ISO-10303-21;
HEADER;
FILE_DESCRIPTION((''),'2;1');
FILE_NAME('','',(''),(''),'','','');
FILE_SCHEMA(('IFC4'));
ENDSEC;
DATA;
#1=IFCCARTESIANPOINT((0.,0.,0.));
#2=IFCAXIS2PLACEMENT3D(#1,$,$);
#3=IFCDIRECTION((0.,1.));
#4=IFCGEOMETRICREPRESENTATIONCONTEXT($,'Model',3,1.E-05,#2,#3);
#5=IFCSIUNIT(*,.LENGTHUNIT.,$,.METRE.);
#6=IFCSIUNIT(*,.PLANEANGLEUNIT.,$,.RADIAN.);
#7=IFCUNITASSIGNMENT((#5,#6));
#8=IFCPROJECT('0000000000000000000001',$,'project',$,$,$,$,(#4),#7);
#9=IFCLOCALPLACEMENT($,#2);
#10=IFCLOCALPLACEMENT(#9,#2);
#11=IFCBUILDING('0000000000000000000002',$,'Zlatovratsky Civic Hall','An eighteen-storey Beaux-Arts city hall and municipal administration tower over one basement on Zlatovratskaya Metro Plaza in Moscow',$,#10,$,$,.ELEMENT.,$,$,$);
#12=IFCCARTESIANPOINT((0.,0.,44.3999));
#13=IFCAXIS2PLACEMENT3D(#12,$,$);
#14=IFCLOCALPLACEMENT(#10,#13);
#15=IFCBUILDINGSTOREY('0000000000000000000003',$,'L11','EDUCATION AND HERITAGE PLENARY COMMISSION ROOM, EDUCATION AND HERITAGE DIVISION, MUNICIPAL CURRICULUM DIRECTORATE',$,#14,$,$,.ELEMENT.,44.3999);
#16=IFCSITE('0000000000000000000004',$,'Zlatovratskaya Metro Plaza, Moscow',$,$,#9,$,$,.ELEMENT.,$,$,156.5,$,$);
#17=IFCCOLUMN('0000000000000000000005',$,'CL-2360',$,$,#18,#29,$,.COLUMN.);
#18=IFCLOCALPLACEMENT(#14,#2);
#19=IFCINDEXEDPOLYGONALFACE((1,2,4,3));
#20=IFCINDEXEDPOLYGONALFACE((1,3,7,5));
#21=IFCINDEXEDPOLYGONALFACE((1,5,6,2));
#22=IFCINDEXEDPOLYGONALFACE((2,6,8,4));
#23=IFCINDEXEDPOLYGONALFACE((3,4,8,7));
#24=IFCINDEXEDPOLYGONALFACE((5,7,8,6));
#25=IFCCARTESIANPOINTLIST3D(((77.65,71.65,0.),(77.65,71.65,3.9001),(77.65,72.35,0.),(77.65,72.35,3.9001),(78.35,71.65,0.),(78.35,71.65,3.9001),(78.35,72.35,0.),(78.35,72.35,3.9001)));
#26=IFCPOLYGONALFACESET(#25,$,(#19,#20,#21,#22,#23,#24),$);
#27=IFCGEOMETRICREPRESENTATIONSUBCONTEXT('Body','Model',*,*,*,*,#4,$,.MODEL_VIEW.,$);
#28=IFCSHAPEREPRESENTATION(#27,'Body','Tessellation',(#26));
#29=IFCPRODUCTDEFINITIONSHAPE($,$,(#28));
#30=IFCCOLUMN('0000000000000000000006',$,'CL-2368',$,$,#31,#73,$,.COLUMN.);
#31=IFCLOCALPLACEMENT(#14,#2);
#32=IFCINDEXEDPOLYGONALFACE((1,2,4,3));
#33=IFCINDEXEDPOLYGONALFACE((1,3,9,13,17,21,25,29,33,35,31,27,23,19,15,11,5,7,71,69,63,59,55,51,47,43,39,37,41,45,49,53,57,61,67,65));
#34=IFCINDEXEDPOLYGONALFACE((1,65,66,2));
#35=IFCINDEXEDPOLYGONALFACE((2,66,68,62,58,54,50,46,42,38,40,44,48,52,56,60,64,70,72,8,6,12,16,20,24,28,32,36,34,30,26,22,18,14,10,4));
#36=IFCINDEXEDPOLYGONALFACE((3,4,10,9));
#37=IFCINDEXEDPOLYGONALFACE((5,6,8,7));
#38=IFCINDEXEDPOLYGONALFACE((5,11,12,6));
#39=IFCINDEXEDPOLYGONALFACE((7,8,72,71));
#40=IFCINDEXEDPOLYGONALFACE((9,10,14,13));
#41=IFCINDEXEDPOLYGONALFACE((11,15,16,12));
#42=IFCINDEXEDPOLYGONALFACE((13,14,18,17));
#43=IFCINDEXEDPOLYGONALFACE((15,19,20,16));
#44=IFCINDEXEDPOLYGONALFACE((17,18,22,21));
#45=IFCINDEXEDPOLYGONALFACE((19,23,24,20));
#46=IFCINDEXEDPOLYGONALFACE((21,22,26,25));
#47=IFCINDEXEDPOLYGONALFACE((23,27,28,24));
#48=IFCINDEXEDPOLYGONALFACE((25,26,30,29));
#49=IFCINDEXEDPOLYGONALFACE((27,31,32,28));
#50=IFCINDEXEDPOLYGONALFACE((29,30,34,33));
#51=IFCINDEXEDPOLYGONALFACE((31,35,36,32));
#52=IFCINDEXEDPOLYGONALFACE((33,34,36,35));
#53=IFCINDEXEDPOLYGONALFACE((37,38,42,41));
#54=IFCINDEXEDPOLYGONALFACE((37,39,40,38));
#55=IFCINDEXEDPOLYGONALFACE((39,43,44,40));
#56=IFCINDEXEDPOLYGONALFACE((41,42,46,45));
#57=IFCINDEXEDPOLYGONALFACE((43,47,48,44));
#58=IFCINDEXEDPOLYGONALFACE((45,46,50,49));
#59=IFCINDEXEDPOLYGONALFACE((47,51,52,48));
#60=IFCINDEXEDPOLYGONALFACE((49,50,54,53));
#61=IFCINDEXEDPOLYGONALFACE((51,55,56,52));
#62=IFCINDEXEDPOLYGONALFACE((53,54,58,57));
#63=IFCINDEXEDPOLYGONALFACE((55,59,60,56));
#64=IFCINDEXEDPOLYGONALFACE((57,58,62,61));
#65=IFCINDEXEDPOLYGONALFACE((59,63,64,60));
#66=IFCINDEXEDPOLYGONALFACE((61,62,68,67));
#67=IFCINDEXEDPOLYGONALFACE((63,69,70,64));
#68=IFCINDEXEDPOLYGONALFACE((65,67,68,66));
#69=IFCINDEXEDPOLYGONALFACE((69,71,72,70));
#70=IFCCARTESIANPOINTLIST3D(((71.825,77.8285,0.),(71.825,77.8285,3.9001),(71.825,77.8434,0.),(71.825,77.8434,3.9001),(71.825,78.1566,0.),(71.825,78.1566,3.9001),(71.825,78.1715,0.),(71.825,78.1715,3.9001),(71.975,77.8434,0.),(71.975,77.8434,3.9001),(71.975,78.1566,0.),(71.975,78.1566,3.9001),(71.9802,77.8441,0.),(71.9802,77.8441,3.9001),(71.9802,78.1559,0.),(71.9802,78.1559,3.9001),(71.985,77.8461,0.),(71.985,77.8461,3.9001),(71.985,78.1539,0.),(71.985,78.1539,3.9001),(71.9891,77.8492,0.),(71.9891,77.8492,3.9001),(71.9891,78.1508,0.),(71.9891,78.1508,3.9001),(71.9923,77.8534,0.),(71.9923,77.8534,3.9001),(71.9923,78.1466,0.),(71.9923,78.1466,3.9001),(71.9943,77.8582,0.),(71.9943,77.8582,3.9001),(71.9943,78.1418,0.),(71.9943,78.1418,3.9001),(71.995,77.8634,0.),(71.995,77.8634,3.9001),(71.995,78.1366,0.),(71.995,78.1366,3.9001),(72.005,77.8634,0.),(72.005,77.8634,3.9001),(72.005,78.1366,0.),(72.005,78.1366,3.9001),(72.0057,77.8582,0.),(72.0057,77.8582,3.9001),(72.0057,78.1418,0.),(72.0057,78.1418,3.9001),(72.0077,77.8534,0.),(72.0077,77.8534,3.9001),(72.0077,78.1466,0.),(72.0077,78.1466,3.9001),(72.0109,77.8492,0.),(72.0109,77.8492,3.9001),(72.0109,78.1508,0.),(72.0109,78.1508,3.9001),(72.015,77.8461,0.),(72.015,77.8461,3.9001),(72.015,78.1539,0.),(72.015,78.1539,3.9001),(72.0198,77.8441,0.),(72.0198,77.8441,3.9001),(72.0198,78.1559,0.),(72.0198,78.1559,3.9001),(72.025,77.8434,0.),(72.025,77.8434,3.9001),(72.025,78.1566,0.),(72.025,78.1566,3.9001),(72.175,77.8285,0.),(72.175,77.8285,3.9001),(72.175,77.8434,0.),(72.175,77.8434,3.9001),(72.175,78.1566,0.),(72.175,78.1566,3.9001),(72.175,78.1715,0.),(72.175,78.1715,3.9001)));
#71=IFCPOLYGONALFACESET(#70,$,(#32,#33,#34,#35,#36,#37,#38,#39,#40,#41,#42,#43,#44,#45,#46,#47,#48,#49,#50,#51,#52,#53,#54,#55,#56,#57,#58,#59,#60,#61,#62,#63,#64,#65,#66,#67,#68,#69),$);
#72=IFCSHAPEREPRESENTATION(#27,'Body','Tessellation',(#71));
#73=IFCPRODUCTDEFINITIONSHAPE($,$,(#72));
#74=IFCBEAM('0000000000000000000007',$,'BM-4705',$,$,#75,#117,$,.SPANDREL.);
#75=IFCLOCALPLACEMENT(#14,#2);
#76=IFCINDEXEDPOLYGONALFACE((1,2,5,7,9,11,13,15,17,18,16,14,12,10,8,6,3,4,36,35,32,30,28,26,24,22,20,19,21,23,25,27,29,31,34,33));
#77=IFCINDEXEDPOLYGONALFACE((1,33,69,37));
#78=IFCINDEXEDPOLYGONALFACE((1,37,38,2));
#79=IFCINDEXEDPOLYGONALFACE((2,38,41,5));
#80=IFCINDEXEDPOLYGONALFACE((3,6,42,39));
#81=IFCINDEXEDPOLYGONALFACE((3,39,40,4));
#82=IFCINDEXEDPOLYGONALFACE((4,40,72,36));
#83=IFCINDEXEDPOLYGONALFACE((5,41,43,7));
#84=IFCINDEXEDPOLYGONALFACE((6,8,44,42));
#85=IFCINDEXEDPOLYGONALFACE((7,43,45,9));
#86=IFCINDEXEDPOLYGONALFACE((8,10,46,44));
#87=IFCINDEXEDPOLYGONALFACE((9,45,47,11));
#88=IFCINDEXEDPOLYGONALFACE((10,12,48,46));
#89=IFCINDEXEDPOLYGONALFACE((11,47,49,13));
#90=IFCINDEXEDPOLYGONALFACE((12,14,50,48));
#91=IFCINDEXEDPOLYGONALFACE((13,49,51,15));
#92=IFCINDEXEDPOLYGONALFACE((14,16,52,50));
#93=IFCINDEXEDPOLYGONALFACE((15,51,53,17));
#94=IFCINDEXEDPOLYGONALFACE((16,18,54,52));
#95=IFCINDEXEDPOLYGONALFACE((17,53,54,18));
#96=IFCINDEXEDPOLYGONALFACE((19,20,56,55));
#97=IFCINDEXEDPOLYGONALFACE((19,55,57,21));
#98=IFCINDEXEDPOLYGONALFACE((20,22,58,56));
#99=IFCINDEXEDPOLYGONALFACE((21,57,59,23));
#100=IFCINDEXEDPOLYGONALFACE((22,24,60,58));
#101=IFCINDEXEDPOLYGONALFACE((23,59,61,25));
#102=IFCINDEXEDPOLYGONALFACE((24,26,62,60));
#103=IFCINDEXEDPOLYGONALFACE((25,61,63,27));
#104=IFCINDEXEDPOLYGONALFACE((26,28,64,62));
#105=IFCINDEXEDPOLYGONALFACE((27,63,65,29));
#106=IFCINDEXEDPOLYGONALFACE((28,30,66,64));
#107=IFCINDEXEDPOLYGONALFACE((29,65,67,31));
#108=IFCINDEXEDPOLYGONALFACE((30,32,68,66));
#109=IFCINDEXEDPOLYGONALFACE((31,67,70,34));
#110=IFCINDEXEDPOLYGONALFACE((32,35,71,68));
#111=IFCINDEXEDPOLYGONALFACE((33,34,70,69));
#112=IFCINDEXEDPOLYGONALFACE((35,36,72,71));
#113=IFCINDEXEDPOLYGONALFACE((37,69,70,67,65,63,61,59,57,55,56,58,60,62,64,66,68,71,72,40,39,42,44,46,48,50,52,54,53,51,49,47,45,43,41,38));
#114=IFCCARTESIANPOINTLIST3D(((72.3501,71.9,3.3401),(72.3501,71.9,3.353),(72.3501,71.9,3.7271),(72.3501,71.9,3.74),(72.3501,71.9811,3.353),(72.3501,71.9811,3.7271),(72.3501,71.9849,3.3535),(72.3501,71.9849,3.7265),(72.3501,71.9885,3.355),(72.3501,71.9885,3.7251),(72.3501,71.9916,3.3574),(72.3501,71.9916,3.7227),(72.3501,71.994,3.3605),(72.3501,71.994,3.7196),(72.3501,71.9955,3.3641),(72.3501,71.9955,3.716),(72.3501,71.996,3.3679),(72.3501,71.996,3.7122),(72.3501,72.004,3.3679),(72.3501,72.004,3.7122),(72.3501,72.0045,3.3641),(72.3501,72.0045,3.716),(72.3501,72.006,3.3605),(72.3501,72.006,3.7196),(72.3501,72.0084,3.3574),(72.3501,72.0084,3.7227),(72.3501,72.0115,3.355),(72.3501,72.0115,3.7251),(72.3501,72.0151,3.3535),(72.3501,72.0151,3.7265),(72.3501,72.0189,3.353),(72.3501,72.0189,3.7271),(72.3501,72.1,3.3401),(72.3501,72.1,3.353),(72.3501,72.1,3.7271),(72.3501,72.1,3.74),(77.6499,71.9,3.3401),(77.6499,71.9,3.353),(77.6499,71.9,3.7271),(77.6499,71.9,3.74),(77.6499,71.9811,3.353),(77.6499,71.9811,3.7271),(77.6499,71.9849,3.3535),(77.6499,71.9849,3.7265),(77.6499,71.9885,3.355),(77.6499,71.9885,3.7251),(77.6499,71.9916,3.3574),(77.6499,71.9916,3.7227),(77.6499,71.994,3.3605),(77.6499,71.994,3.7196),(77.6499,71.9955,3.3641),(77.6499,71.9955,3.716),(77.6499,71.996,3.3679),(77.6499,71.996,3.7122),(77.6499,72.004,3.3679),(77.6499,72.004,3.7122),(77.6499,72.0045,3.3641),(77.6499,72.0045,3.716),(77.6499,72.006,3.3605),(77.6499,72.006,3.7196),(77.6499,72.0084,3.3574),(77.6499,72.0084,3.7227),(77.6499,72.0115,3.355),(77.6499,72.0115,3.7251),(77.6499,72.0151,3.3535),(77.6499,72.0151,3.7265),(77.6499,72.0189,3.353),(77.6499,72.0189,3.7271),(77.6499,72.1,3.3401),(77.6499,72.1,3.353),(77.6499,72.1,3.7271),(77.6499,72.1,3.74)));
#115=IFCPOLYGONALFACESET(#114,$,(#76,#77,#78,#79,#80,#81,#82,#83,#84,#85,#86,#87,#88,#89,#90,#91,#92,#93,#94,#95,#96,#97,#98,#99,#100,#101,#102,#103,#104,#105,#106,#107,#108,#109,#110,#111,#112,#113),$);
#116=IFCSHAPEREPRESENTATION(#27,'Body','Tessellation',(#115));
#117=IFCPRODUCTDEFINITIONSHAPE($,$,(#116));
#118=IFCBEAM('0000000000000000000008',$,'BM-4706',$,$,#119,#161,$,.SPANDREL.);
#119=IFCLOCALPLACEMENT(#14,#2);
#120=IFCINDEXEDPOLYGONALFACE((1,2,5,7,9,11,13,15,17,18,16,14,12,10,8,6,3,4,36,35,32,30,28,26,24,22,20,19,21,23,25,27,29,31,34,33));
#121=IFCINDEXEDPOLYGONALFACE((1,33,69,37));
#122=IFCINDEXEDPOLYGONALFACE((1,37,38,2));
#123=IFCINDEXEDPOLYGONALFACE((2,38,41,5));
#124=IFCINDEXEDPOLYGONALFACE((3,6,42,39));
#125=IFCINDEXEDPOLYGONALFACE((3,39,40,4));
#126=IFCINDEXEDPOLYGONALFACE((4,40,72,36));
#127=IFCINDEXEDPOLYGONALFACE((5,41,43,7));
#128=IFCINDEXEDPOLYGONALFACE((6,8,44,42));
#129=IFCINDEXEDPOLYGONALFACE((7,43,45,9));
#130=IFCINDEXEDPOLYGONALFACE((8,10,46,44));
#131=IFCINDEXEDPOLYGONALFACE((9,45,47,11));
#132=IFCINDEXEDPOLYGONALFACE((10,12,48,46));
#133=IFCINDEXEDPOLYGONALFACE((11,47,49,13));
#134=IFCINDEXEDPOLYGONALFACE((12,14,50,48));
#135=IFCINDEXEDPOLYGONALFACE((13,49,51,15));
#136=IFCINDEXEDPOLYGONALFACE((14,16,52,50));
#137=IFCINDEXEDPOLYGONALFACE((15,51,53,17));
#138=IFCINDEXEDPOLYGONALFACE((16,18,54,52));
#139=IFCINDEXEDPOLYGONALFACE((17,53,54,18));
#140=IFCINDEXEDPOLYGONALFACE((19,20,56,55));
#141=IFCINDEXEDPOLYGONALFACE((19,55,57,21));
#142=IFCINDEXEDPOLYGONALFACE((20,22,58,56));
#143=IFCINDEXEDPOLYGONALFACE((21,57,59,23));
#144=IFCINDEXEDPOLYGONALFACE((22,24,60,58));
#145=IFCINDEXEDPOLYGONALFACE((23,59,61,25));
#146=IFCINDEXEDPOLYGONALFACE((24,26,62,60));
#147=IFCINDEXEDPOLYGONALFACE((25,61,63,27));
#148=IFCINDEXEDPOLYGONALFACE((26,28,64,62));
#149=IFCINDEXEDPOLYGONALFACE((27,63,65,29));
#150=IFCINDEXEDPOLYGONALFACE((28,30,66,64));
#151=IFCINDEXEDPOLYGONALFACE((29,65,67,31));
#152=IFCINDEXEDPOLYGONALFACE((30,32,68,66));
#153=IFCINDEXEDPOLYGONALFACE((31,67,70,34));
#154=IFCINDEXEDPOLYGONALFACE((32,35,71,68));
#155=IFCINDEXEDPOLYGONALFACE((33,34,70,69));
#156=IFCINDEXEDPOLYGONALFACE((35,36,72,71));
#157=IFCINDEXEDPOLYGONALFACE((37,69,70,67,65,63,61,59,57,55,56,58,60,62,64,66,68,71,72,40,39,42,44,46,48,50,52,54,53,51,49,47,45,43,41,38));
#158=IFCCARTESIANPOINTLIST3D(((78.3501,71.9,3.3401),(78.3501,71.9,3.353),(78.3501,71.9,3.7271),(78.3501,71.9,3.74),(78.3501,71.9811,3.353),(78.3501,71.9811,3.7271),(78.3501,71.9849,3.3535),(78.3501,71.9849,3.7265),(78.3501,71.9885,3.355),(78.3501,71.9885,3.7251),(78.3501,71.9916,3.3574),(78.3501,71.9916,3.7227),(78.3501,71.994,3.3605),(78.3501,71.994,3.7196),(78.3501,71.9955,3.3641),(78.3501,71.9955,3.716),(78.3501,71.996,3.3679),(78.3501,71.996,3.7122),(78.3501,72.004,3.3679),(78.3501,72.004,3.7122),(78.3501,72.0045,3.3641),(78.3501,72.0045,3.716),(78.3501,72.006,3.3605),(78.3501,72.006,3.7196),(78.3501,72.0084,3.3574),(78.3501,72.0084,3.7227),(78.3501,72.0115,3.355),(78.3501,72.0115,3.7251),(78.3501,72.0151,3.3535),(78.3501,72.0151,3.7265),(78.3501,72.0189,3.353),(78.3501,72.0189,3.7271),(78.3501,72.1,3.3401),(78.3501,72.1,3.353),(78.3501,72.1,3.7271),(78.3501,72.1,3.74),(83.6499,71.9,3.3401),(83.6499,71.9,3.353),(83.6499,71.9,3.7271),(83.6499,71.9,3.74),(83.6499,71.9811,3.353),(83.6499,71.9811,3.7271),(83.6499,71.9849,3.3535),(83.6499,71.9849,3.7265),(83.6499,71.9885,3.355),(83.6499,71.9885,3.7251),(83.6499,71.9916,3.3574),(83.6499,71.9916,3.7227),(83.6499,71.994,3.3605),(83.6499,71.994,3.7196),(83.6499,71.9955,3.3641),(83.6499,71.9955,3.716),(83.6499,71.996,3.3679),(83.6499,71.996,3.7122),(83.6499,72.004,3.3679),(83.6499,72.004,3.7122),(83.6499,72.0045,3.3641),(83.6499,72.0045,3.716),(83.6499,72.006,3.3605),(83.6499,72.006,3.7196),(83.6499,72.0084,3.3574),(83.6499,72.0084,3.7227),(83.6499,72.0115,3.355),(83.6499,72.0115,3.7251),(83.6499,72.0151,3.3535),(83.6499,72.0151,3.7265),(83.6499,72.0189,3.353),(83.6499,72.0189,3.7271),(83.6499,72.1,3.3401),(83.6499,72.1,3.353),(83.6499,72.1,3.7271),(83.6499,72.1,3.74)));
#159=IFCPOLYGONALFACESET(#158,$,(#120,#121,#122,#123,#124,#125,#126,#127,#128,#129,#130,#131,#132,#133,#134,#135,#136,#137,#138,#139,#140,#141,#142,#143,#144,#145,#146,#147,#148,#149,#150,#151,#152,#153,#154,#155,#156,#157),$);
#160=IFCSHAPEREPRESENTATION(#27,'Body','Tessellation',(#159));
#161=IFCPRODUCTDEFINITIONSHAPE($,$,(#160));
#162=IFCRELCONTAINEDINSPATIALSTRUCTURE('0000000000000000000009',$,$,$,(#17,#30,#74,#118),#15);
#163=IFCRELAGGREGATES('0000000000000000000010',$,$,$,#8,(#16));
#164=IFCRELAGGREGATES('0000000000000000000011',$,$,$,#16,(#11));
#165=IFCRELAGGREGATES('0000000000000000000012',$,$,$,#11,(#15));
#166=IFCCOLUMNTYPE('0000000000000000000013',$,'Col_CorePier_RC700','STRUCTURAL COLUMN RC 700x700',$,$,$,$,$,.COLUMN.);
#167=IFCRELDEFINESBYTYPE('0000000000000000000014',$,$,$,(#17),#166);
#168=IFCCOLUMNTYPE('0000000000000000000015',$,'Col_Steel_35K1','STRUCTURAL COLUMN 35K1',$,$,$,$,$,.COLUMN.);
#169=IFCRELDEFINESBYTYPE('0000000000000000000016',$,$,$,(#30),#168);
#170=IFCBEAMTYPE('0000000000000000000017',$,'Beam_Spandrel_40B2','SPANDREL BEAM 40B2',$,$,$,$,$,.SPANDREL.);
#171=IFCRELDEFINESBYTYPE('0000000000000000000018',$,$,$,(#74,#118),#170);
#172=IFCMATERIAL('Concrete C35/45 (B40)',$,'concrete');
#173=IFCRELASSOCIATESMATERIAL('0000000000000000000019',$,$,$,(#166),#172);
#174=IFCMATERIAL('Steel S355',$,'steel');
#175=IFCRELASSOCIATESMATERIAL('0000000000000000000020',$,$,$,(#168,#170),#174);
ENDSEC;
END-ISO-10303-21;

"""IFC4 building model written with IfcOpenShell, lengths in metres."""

from ifc_helpers import new_model, si_unit, direction, frame, origin, origin_2d, place, context, subcontext, project, spatial, rectangle, i_section, extrude, material, material_profile, profile_set, type_object, element, save


model = new_model("IFC4")

# Units and contexts
model_context = context("Model", 3, precision=1e-05, world=origin(), true_north=direction((0.0, 1.0)))
body_context = subcontext(model_context, "Body", "Model", "MODEL_VIEW")
ifc_project = project(units=[si_unit("LENGTHUNIT", "METRE"), si_unit("PLANEANGLEUNIT", "RADIAN")], contexts=[model_context])

# Site, building, storey
site_placement = place(None, origin())
site = spatial("IfcSite", under=ifc_project, at=site_placement, Name="Zlatovratskaya Metro Plaza, Moscow", CompositionType="ELEMENT", RefElevation=156.5)
building_placement = place(site_placement, origin())
building = spatial("IfcBuilding", under=site, at=building_placement, Name="Zlatovratsky Civic Hall", Description="An eighteen-storey Beaux-Arts city hall and municipal administration tower over one basement on Zlatovratskaya Metro Plaza in Moscow", CompositionType="ELEMENT")
storey_placement = place(building_placement, frame((0.0, 0.0, 44.3999)))
storey = spatial("IfcBuildingStorey", under=building, at=storey_placement, Name="L11", Description="EDUCATION AND HERITAGE PLENARY COMMISSION ROOM, EDUCATION AND HERITAGE DIVISION, MUNICIPAL CURRICULUM DIRECTORATE", CompositionType="ELEMENT", Elevation=44.3999)

# Columns
ifc_material_1 = material(Name="Concrete C35/45 (B40)", Category="concrete")
ifc_material_profile_1 = material_profile(ifc_material_1, rectangle(XDim=0.7, YDim=0.7, at=origin_2d()), Name="RC 700x700")
ifc_profile_set_1 = profile_set([ifc_material_profile_1], Name="Concrete C35/45 (B40)")
column_type_1 = type_object("IfcColumnType", Name="Col_CorePier_RC700", Description="STRUCTURAL COLUMN RC 700x700", PredefinedType="COLUMN", material=ifc_profile_set_1)
column_1_placement = place(storey_placement, frame((78.0, 72.0, 0.0), z_axis=(0.0, 0.0, 1.0), x_axis=(1.0, 0.0, 0.0)))
element("IfcColumn", 1, at=column_1_placement, inside=storey, type_object=column_type_1, Name="CL-2360", PredefinedType="COLUMN", context=body_context, shape_type="SweptSolid", body=[
    extrude(rectangle(XDim=0.7, YDim=0.7, at=origin_2d()), origin(), (0.0, 0.0, 1.0), 3.9001),
])
ifc_material_2 = material(Name="Steel S355", Category="steel")
ifc_material_profile_2 = material_profile(ifc_material_2, i_section(OverallWidth=0.3501, OverallDepth=0.343, WebThickness=0.01, FlangeThickness=0.0149, FilletRadius=0.02, at=origin_2d()), Name="35K1")
ifc_profile_set_2 = profile_set([ifc_material_profile_2], Name="Steel S355")
column_type_2 = type_object("IfcColumnType", Name="Col_Steel_35K1", Description="STRUCTURAL COLUMN 35K1", PredefinedType="COLUMN", material=ifc_profile_set_2)
column_2_placement = place(storey_placement, frame((72.0, 78.0, 0.0), z_axis=(0.0, 0.0, 1.0), x_axis=(1.0, 0.0, 0.0)))
element("IfcColumn", 2, at=column_2_placement, inside=storey, type_object=column_type_2, Name="CL-2368", PredefinedType="COLUMN", context=body_context, shape_type="SweptSolid", body=[
    extrude(i_section(OverallWidth=0.3501, OverallDepth=0.343, WebThickness=0.01, FlangeThickness=0.0149, FilletRadius=0.02, at=origin_2d()), origin(), (0.0, 0.0, 1.0), 3.9001),
])

# Beams
ifc_material_profile_3 = material_profile(ifc_material_2, i_section(OverallWidth=0.2, OverallDepth=0.3999, WebThickness=0.0081, FlangeThickness=0.0129, FilletRadius=0.0149, at=origin_2d()), Name="40B2")
ifc_profile_set_3 = profile_set([ifc_material_profile_3], Name="Steel S355")
beam_type_1 = type_object("IfcBeamType", Name="Beam_Spandrel_40B2", Description="SPANDREL BEAM 40B2", PredefinedType="SPANDREL", material=ifc_profile_set_3)
for number, where, z_axis, x_axis, name in (
    (3, (72.3501, 72.0, 3.54), (1.0, 0.0, 0.0), (0.0, 1.0, 0.0), "BM-4705"),
    (4, (78.3501, 72.0, 3.54), (1.0, 0.0, 0.0), (0.0, 1.0, 0.0), "BM-4706"),
):
    element("IfcBeam", number, at=place(storey_placement, frame(where, z_axis=z_axis, x_axis=x_axis)), inside=storey, type_object=beam_type_1, Name=name, PredefinedType="SPANDREL", context=body_context, shape_type="SweptSolid", body=[
        extrude(i_section(OverallWidth=0.2, OverallDepth=0.3999, WebThickness=0.0081, FlangeThickness=0.0129, FilletRadius=0.0149, at=origin_2d()), origin(), (0.0, 0.0, 1.0), 5.2998),
    ])

save(model, "model.ifc")
